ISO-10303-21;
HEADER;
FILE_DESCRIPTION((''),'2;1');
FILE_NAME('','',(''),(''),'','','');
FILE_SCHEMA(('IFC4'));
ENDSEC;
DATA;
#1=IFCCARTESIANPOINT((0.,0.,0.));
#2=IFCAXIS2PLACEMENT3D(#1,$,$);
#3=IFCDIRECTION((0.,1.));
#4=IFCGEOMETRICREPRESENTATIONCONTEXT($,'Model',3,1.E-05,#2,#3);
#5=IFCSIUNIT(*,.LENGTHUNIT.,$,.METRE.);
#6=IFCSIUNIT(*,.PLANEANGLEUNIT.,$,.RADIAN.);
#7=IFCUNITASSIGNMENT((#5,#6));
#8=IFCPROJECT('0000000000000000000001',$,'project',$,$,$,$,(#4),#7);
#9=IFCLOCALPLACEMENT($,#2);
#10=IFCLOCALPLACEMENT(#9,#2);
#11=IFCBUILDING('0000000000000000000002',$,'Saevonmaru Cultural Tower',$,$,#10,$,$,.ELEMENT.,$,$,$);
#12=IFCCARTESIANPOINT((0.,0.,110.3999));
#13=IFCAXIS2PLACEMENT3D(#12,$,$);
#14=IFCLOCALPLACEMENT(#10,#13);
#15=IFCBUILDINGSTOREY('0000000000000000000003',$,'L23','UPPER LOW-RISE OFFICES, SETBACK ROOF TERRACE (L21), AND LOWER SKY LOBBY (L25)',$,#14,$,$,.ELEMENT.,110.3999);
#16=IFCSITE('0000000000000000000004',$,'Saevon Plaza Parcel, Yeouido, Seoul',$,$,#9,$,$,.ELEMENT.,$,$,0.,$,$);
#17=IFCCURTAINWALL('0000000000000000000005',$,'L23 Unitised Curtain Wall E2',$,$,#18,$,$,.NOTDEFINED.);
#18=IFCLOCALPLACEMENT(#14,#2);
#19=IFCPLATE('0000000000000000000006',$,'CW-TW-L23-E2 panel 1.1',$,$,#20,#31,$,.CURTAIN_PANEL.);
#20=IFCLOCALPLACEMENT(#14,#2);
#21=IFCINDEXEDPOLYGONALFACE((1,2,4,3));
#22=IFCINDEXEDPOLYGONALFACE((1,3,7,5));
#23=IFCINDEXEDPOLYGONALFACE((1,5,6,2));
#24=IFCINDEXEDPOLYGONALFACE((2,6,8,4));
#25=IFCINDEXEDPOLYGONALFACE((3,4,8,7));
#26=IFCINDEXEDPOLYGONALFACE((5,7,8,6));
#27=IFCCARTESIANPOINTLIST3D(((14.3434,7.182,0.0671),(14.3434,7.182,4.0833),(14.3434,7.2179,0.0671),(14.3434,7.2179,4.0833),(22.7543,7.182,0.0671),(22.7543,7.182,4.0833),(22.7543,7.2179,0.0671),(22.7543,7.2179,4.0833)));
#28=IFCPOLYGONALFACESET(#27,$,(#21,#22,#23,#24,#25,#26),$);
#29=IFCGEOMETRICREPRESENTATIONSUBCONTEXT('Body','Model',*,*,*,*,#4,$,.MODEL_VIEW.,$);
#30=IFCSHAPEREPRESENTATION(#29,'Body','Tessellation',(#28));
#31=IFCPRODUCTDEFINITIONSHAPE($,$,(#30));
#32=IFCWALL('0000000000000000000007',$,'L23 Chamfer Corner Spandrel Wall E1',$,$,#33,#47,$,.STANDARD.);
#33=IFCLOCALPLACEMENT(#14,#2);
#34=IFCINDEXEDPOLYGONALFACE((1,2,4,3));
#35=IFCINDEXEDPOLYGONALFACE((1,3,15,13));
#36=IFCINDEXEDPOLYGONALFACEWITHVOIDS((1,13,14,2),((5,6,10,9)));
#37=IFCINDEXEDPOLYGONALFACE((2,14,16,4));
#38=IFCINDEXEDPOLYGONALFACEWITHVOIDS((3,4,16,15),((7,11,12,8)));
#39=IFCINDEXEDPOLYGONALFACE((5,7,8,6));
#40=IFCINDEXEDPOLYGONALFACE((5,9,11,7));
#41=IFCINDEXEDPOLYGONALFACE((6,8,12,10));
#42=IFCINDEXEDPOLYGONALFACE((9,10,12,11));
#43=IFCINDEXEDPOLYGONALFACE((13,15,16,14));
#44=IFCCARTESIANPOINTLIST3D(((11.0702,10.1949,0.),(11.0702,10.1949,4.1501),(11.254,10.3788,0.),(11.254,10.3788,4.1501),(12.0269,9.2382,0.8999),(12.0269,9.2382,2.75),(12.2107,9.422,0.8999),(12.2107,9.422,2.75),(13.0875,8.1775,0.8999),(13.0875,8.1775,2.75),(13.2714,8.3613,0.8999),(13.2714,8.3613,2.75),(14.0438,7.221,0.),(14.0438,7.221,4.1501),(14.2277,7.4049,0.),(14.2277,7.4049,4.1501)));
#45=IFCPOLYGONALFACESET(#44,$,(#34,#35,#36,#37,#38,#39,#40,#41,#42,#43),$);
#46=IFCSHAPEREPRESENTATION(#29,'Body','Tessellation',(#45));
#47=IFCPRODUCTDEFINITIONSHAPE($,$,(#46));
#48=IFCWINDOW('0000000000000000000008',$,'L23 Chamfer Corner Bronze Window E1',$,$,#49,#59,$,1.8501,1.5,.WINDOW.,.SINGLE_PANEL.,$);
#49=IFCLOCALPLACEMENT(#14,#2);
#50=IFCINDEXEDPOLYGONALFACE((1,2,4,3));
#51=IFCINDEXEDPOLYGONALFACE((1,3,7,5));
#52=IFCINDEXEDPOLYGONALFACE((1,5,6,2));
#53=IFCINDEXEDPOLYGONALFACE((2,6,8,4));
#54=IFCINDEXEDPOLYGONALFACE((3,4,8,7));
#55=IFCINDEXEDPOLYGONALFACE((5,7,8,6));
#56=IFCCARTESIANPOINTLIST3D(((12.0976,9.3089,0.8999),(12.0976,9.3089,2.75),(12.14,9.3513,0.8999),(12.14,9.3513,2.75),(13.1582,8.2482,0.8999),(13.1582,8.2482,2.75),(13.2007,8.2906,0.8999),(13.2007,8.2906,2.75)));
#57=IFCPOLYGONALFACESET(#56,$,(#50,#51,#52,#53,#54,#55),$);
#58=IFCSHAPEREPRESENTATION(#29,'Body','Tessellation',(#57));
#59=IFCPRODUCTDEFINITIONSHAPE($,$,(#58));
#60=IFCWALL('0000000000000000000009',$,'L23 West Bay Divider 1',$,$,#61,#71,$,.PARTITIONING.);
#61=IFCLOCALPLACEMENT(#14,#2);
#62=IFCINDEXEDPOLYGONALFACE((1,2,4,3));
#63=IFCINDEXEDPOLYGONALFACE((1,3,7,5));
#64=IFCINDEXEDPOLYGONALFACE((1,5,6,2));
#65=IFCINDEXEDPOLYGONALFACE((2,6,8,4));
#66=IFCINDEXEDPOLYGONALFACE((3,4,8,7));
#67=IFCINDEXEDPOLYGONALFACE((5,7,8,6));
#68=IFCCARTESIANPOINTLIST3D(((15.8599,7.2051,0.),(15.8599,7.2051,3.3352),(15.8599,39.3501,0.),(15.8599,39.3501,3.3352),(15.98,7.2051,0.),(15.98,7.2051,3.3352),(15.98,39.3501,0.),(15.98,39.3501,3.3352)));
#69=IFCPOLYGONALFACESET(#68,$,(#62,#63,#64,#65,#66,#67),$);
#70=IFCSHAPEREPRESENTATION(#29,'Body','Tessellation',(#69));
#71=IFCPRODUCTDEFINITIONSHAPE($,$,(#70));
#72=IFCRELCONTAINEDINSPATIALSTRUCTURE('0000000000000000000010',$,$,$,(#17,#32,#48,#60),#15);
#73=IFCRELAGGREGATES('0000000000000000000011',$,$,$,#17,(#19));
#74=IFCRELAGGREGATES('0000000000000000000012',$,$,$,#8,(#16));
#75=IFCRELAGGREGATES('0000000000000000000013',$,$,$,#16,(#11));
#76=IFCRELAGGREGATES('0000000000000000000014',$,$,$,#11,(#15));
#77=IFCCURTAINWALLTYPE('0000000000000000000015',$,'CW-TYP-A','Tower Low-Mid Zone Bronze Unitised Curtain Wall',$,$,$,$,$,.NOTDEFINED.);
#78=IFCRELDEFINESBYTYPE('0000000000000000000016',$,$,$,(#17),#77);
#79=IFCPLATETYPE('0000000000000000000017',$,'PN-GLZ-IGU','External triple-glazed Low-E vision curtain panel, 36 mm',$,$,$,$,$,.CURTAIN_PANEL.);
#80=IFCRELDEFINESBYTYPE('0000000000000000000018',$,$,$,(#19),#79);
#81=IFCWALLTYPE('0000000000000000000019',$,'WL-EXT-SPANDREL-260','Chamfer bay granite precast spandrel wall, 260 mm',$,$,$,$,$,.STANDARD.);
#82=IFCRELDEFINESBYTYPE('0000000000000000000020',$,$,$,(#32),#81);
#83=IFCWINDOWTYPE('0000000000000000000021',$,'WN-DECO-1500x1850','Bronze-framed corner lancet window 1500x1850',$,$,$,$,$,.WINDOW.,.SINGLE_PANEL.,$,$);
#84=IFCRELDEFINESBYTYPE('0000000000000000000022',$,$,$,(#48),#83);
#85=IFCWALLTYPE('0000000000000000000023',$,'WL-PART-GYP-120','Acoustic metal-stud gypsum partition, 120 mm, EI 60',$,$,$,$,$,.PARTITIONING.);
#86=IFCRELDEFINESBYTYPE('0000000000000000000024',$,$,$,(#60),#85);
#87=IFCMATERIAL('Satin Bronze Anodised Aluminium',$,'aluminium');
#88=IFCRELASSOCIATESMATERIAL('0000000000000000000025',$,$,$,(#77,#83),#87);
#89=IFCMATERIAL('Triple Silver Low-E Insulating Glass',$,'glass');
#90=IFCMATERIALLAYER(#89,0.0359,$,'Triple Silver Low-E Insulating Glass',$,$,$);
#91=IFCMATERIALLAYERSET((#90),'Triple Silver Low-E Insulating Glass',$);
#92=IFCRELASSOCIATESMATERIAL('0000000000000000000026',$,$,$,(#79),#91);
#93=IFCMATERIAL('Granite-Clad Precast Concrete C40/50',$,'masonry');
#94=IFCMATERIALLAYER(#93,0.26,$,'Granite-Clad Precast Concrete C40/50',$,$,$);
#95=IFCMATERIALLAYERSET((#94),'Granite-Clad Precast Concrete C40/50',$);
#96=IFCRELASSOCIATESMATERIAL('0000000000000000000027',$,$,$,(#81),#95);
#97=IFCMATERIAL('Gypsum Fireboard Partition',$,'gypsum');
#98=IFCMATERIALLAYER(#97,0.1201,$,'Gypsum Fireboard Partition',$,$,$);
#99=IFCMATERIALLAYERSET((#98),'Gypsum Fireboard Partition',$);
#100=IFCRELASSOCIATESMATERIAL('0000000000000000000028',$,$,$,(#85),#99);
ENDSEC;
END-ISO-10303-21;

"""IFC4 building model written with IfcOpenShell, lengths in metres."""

from ifc_helpers import new_model, si_unit, direction, frame, frame_2d, origin, origin_2d, place, context, subcontext, project, spatial, rectangle, extrude, material, layer, layer_set, type_object, element, fill, aggregate, save


model = new_model("IFC4")

# Units and contexts
model_context = context("Model", 3, precision=1e-05, world=origin(), true_north=direction((0.0, 1.0)))
body_context = subcontext(model_context, "Body", "Model", "MODEL_VIEW")
ifc_project = project(units=[si_unit("LENGTHUNIT", "METRE"), si_unit("PLANEANGLEUNIT", "RADIAN")], contexts=[model_context])

# Site, building, storey
site_placement = place(None, origin())
site = spatial("IfcSite", under=ifc_project, at=site_placement, Name="Saevon Plaza Parcel, Yeouido, Seoul", CompositionType="ELEMENT", RefElevation=0.0)
building_placement = place(site_placement, origin())
building = spatial("IfcBuilding", under=site, at=building_placement, Name="Saevonmaru Cultural Tower", CompositionType="ELEMENT")
storey_placement = place(building_placement, frame((0.0, 0.0, 110.3999)))
storey = spatial("IfcBuildingStorey", under=building, at=storey_placement, Name="L23", Description="UPPER LOW-RISE OFFICES, SETBACK ROOF TERRACE (L21), AND LOWER SKY LOBBY (L25)", CompositionType="ELEMENT", Elevation=110.3999)

# Curtain wall
ifc_material_1 = material(Name="Satin Bronze Anodised Aluminium", Category="aluminium")
curtain_wall_type = type_object("IfcCurtainWallType", Name="CW-TYP-A", Description="Tower Low-Mid Zone Bronze Unitised Curtain Wall", PredefinedType="NOTDEFINED", material=ifc_material_1)
curtain_wall_1_placement = place(storey_placement, origin())
curtain_wall_1 = element("IfcCurtainWall", 1, at=curtain_wall_1_placement, inside=storey, type_object=curtain_wall_type, Name="L23 Unitised Curtain Wall E2", PredefinedType="NOTDEFINED")

# Plate
ifc_material_2 = material(Name="Triple Silver Low-E Insulating Glass", Category="glass")
ifc_layer_1 = layer(ifc_material_2, 0.0359, Name="Triple Silver Low-E Insulating Glass")
ifc_layer_set_1 = layer_set([ifc_layer_1], Name="Triple Silver Low-E Insulating Glass")
plate_type = type_object("IfcPlateType", Name="PN-GLZ-IGU", Description="External triple-glazed Low-E vision curtain panel, 36 mm", PredefinedType="CURTAIN_PANEL", material=ifc_layer_set_1)
plate_placement = place(storey_placement, frame((18.5488, 7.2, 0.0671), z_axis=(0.0, 0.0, 1.0), x_axis=(1.0, 0.0, 0.0)))
plate = element("IfcPlate", 2, at=plate_placement, type_object=plate_type, Name="CW-TW-L23-E2 panel 1.1", PredefinedType="CURTAIN_PANEL", context=body_context, shape_type="SweptSolid", body=[
    extrude(rectangle(XDim=8.4109, YDim=0.0359, at=origin_2d()), origin(), (0.0, 0.0, 1.0), 4.0161),
])
aggregate(curtain_wall_1, [plate])

# Wall, opening, window
ifc_material_3 = material(Name="Granite-Clad Precast Concrete C40/50", Category="masonry")
ifc_layer_2 = layer(ifc_material_3, 0.26, Name="Granite-Clad Precast Concrete C40/50")
ifc_layer_set_2 = layer_set([ifc_layer_2], Name="Granite-Clad Precast Concrete C40/50")
wall_type_1 = type_object("IfcWallType", Name="WL-EXT-SPANDREL-260", Description="Chamfer bay granite precast spandrel wall, 260 mm", PredefinedType="STANDARD", material=ifc_layer_set_2)
wall_1_placement = place(storey_placement, frame((11.1621, 10.2869, 0.0), z_axis=(0.0, 0.0, 1.0), x_axis=(0.707078, -0.707136, 0.0)))
wall_1 = element("IfcWall", 3, at=wall_1_placement, inside=storey, type_object=wall_type_1, Name="L23 Chamfer Corner Spandrel Wall E1", PredefinedType="STANDARD", context=body_context, shape_type="SweptSolid", body=[
    extrude(rectangle(XDim=4.2056, YDim=0.26, at=frame_2d((2.1028, 0.0))), origin(), (0.0, 0.0, 1.0), 4.1501),
])
opening_placement = place(wall_1_placement, frame((1.353, 0.0, 0.8999)))
opening = element("IfcOpeningElement", 4, at=opening_placement, cuts=wall_1, PredefinedType="OPENING", context=body_context, shape_type="SweptSolid", body=[
    extrude(rectangle(XDim=1.5, YDim=1.8501, at=frame_2d((0.75, 0.925))), frame((0.0, 0.1401, 0.0), z_axis=(0.0, -1.0, 0.0), x_axis=(1.0, 0.0, 0.0)), (0.0, 0.0, 1.0), 0.28),
])
window_type = type_object("IfcWindowType", Name="WN-DECO-1500x1850", Description="Bronze-framed corner lancet window 1500x1850", PartitioningType="SINGLE_PANEL", PredefinedType="WINDOW", material=ifc_material_1)
window_placement = place(opening_placement, origin())
window = element("IfcWindow", 5, at=window_placement, inside=storey, type_object=window_type, Name="L23 Chamfer Corner Bronze Window E1", OverallHeight=1.8501, OverallWidth=1.5, PartitioningType="SINGLE_PANEL", PredefinedType="WINDOW", context=body_context, shape_type="SweptSolid", body=[
    extrude(rectangle(XDim=1.5, YDim=1.8501, at=frame_2d((0.75, 0.925))), frame((0.0, 0.03, 0.0), z_axis=(0.0, -1.0, 0.0), x_axis=(1.0, 0.0, 0.0)), (0.0, 0.0, 1.0), 0.0601),
])
fill(opening, window)

# Wall
ifc_material_4 = material(Name="Gypsum Fireboard Partition", Category="gypsum")
ifc_layer_3 = layer(ifc_material_4, 0.1201, Name="Gypsum Fireboard Partition")
ifc_layer_set_3 = layer_set([ifc_layer_3], Name="Gypsum Fireboard Partition")
wall_type_2 = type_object("IfcWallType", Name="WL-PART-GYP-120", Description="Acoustic metal-stud gypsum partition, 120 mm, EI 60", PredefinedType="PARTITIONING", material=ifc_layer_set_3)
wall_2_placement = place(storey_placement, frame((15.9199, 7.2051, 0.0), z_axis=(0.0, 0.0, 1.0), x_axis=(0.0, 1.0, 0.0)))
element("IfcWall", 6, at=wall_2_placement, inside=storey, type_object=wall_type_2, Name="L23 West Bay Divider 1", PredefinedType="PARTITIONING", context=body_context, shape_type="SweptSolid", body=[
    extrude(rectangle(XDim=32.145, YDim=0.1201, at=frame_2d((16.0725, 0.0))), origin(), (0.0, 0.0, 1.0), 3.3352),
])

save(model, "model.ifc")
